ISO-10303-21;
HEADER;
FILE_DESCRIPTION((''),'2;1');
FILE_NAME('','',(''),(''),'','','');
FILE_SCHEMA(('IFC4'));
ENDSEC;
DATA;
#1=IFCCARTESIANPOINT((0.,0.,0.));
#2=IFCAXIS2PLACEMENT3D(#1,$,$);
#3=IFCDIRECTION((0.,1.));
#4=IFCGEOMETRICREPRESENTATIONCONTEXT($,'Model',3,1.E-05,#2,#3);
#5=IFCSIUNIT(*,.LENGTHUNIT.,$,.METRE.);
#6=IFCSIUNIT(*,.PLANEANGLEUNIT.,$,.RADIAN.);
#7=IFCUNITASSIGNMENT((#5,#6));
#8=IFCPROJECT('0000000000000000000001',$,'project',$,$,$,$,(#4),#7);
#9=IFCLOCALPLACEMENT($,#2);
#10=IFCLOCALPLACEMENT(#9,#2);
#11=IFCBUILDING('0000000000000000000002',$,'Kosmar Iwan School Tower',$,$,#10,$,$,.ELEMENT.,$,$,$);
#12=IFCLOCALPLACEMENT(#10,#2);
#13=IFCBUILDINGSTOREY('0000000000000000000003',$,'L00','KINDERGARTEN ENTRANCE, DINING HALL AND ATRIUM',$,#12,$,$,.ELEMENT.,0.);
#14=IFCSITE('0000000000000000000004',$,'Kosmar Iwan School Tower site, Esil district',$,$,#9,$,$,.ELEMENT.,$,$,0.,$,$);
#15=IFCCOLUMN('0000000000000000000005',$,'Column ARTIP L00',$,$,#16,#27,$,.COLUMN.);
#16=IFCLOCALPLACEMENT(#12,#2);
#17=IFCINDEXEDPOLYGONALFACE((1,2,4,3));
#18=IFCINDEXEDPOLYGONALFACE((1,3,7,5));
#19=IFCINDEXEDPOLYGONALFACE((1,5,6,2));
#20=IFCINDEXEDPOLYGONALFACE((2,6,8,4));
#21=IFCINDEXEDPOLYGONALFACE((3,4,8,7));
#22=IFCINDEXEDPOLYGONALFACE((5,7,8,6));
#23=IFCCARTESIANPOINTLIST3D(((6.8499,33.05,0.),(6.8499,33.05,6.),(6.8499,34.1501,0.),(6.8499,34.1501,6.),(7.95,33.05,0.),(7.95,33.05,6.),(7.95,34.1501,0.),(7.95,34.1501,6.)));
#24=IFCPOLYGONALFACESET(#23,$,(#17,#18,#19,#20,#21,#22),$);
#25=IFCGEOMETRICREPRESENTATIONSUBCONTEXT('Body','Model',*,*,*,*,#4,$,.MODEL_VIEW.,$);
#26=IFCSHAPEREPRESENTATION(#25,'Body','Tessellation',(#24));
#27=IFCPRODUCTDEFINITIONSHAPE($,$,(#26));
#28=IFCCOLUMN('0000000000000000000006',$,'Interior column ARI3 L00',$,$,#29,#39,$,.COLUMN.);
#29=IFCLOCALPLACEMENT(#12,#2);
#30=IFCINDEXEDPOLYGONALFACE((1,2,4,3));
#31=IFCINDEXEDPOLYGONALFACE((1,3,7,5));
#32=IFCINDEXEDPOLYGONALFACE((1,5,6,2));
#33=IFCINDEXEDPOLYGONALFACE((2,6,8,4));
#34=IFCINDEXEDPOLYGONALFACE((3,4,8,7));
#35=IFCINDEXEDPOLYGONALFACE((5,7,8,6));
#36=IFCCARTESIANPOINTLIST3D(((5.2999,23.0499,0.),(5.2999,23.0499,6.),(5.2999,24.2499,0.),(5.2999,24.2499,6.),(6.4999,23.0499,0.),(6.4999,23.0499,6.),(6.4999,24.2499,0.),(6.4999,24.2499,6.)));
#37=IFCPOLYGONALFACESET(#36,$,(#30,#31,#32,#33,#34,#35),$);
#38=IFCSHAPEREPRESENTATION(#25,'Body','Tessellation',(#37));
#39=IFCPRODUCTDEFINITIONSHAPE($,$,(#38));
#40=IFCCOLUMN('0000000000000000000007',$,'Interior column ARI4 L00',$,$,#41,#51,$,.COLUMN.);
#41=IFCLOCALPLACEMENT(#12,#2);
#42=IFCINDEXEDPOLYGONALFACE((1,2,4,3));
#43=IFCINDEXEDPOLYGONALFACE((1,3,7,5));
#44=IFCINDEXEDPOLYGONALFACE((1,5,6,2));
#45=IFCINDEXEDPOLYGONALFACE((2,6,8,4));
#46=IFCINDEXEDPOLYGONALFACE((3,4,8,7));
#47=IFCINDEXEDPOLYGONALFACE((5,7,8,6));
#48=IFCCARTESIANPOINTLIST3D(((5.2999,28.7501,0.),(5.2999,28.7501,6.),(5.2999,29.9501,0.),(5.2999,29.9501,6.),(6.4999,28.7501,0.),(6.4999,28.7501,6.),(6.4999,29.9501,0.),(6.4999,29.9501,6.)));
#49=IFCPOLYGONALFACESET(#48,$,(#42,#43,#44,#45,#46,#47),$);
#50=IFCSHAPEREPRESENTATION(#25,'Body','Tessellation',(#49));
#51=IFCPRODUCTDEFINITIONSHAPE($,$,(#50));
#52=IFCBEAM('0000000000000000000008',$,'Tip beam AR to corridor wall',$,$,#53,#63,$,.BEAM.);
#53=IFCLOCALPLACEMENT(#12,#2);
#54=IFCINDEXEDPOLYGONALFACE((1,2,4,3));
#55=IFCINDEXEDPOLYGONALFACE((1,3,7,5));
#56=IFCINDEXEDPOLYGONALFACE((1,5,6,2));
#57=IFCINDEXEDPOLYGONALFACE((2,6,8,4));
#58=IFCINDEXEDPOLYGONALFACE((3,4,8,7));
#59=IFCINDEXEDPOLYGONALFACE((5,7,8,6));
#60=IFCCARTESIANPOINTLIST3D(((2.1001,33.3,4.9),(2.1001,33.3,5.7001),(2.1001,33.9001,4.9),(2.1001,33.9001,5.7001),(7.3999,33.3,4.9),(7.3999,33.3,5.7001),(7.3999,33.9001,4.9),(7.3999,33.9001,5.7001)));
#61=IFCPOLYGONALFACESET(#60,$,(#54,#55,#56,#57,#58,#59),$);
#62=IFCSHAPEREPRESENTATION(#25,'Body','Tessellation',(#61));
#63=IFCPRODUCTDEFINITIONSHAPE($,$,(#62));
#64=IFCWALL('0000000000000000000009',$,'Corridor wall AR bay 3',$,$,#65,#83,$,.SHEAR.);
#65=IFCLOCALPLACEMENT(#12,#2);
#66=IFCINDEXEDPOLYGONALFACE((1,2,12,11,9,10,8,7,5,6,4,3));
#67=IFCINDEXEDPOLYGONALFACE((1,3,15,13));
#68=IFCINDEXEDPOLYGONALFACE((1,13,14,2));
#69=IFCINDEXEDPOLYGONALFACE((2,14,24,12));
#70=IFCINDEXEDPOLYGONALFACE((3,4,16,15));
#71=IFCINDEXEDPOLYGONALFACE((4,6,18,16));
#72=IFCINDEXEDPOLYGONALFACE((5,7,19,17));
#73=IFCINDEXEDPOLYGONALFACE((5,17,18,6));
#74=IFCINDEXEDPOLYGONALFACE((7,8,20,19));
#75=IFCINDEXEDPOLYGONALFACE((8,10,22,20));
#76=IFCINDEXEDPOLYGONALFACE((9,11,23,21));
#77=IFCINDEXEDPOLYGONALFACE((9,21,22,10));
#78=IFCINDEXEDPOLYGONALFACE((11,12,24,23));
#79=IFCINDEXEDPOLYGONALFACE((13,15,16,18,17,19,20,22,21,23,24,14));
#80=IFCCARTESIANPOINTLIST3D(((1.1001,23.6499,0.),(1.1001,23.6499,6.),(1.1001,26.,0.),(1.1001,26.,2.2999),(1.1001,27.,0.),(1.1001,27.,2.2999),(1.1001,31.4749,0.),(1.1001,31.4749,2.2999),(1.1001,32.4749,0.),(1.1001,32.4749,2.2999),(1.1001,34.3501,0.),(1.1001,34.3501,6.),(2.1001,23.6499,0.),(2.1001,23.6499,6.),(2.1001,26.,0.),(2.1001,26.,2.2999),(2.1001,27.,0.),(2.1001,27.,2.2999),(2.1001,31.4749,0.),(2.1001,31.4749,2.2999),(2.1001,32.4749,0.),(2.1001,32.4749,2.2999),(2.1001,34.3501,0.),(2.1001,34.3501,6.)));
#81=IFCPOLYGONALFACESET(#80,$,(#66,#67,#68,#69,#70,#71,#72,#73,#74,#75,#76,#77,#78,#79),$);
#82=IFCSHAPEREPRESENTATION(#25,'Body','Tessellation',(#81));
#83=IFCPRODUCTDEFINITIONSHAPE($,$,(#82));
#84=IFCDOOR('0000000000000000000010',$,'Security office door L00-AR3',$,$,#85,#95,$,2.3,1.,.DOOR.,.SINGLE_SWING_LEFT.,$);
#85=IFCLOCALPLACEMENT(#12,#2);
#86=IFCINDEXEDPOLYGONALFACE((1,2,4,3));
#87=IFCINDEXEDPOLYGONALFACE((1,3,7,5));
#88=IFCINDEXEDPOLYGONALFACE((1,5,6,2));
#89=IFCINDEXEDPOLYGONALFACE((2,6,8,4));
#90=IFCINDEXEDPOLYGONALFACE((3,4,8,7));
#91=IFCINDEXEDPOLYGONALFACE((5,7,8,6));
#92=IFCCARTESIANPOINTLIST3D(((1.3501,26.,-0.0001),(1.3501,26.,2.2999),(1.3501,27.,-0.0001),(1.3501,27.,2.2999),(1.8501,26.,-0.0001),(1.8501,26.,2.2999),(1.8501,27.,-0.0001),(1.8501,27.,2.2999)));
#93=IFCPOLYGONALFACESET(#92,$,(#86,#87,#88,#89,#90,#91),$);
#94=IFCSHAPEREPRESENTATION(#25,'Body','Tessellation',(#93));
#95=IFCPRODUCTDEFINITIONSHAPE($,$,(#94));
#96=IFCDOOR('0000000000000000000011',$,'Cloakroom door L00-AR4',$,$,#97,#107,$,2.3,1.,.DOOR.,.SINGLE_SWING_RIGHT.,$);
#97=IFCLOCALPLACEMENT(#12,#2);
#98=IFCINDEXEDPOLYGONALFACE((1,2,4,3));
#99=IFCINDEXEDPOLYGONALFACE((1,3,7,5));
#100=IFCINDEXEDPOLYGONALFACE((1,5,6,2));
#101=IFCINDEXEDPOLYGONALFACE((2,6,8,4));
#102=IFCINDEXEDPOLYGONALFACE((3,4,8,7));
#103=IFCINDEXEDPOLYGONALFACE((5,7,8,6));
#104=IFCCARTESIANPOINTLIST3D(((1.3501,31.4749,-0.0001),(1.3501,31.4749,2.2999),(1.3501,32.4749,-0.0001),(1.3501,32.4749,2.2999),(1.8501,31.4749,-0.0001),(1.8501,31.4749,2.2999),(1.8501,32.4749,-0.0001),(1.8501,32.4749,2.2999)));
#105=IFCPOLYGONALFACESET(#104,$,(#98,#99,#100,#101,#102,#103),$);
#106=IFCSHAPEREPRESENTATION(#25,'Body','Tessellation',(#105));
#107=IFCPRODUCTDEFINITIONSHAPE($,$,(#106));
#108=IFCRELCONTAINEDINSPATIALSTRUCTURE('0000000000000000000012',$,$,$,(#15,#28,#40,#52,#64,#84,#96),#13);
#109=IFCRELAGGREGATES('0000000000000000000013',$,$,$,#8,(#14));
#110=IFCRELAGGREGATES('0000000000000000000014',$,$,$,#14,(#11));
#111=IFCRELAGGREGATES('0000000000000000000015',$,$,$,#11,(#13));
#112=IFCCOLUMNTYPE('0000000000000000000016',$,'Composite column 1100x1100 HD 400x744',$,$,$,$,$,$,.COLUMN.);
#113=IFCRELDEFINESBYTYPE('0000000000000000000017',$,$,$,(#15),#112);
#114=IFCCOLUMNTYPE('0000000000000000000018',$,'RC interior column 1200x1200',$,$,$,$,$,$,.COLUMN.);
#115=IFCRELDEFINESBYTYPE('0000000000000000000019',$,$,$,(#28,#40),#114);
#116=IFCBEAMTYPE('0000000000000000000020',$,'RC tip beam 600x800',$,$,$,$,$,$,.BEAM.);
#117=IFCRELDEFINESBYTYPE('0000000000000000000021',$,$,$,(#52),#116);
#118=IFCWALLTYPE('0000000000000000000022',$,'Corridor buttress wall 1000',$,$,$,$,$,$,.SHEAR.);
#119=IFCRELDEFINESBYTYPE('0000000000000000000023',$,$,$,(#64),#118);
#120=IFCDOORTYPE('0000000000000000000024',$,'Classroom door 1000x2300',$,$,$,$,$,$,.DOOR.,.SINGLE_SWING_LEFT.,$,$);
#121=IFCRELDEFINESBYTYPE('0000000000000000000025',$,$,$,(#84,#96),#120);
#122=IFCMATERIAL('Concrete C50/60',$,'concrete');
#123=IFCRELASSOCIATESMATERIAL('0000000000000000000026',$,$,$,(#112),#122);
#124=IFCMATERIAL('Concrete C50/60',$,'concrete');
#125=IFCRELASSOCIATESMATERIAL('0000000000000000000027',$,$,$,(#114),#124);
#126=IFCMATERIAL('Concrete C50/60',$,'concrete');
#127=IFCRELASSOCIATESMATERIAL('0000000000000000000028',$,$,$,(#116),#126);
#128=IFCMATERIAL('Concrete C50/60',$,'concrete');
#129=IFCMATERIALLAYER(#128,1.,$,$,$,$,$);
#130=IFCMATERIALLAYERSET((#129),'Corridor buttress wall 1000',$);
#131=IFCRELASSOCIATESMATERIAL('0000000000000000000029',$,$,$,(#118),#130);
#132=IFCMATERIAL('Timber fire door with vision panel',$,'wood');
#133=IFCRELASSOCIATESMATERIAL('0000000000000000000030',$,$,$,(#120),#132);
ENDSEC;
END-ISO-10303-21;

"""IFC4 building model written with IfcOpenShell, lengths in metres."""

from ifc_helpers import new_model, si_unit, direction, frame, frame_2d, origin, origin_2d, place, context, subcontext, project, spatial, rectangle, extrude, material, layer, layer_set, material_profile, profile_set, type_object, element, fill, save


model = new_model("IFC4")

# Units and contexts
model_context = context("Model", 3, precision=1e-05, world=origin(), true_north=direction((0.0, 1.0)))
body_context = subcontext(model_context, "Body", "Model", "MODEL_VIEW")
ifc_project = project(units=[si_unit("LENGTHUNIT", "METRE"), si_unit("PLANEANGLEUNIT", "RADIAN")], contexts=[model_context])

# Site, building, storey
site_placement = place(None, origin())
site = spatial("IfcSite", under=ifc_project, at=site_placement, Name="Kosmar Iwan School Tower site, Esil district", CompositionType="ELEMENT", RefElevation=0.0)
building_placement = place(site_placement, origin())
building = spatial("IfcBuilding", under=site, at=building_placement, Name="Kosmar Iwan School Tower", CompositionType="ELEMENT")
storey_placement = place(building_placement, origin())
storey = spatial("IfcBuildingStorey", under=building, at=storey_placement, Name="L00", Description="KINDERGARTEN ENTRANCE, DINING HALL AND ATRIUM", CompositionType="ELEMENT", Elevation=0.0)

# Columns
ifc_material_1 = material(Name="Concrete C50/60", Category="concrete")
ifc_material_profile_1 = material_profile(ifc_material_1, rectangle(XDim=1.1001, YDim=1.1001, at=origin_2d()), Name="RC 1100x1100 + HD 400x744")
ifc_profile_set_1 = profile_set([ifc_material_profile_1], Name="Concrete C50/60")
column_type_1 = type_object("IfcColumnType", Name="Composite column 1100x1100 HD 400x744", PredefinedType="COLUMN", material=ifc_profile_set_1)
column_placement = place(storey_placement, frame((7.3999, 33.6001, 0.0), z_axis=(0.0, 0.0, 1.0), x_axis=(0.0, 1.0, 0.0)))
element("IfcColumn", 1, at=column_placement, inside=storey, type_object=column_type_1, Name="Column ARTIP L00", PredefinedType="COLUMN", context=body_context, shape_type="SweptSolid", body=[
    extrude(rectangle(XDim=1.1001, YDim=1.1001, at=origin_2d()), origin(), (0.0, 0.0, 1.0), 6.0),
])
ifc_material_2 = material(Name="Concrete C50/60", Category="concrete")
ifc_material_profile_2 = material_profile(ifc_material_2, rectangle(XDim=1.2, YDim=1.2, at=origin_2d()), Name="RC 1200x1200")
ifc_profile_set_2 = profile_set([ifc_material_profile_2], Name="Concrete C50/60")
column_type_2 = type_object("IfcColumnType", Name="RC interior column 1200x1200", PredefinedType="COLUMN", material=ifc_profile_set_2)
for number, where, z_axis, x_axis, name in (
    (2, (5.8999, 23.6499, 0.0), (0.0, 0.0, 1.0), (0.0, 1.0, 0.0), "Interior column ARI3 L00"),
    (3, (5.8999, 29.3501, 0.0), (0.0, 0.0, 1.0), (0.0, 1.0, 0.0), "Interior column ARI4 L00"),
):
    element("IfcColumn", number, at=place(storey_placement, frame(where, z_axis=z_axis, x_axis=x_axis)), inside=storey, type_object=column_type_2, Name=name, PredefinedType="COLUMN", context=body_context, shape_type="SweptSolid", body=[
        extrude(rectangle(XDim=1.2, YDim=1.2, at=origin_2d()), origin(), (0.0, 0.0, 1.0), 6.0),
    ])

# Beam
ifc_material_3 = material(Name="Concrete C50/60", Category="concrete")
ifc_material_profile_3 = material_profile(ifc_material_3, rectangle(XDim=0.6001, YDim=0.8, at=origin_2d()), Name="RC 600x800")
ifc_profile_set_3 = profile_set([ifc_material_profile_3], Name="Concrete C50/60")
beam_type = type_object("IfcBeamType", Name="RC tip beam 600x800", PredefinedType="BEAM", material=ifc_profile_set_3)
beam_placement = place(storey_placement, frame((7.3999, 33.6001, 5.3), z_axis=(-1.0, 0.0, 0.0), x_axis=(0.0, -1.0, 0.0)))
element("IfcBeam", 4, at=beam_placement, inside=storey, type_object=beam_type, Name="Tip beam AR to corridor wall", PredefinedType="BEAM", context=body_context, shape_type="SweptSolid", body=[
    extrude(rectangle(XDim=0.6001, YDim=0.8, at=origin_2d()), origin(), (0.0, 0.0, 1.0), 5.2998),
])

# Wall, openings, doors
ifc_material_4 = material(Name="Concrete C50/60", Category="concrete")
ifc_layer_1 = layer(ifc_material_4, 1.0)
ifc_layer_set_1 = layer_set([ifc_layer_1], Name="Corridor buttress wall 1000")
wall_type_1 = type_object("IfcWallType", Name="Corridor buttress wall 1000", PredefinedType="SHEAR", material=ifc_layer_set_1)
wall_1_placement = place(storey_placement, frame((1.6001, 23.6499, 0.0), z_axis=(0.0, 0.0, 1.0), x_axis=(0.0, 1.0, 0.0)))
wall_1 = element("IfcWall", 5, at=wall_1_placement, inside=storey, type_object=wall_type_1, Name="Corridor wall AR bay 3", PredefinedType="SHEAR", context=body_context, shape_type="SweptSolid", body=[
    extrude(rectangle(XDim=10.7002, YDim=1.0, at=frame_2d((5.3501, 0.0))), origin(), (0.0, 0.0, 1.0), 6.0),
])
opening_1_placement = place(wall_1_placement, frame((2.3501, 0.0, 0.0)))
opening_1 = element("IfcOpeningElement", 6, at=opening_1_placement, cuts=wall_1, PredefinedType="OPENING", context=body_context, shape_type="SweptSolid", body=[
    extrude(rectangle(XDim=1.0, YDim=2.3, at=frame_2d((0.5, 1.1499))), frame((0.0, 0.512, 0.0), z_axis=(0.0, -1.0, 0.0), x_axis=(1.0, 0.0, 0.0)), (0.0, 0.0, 1.0), 1.0239),
])
opening_2_placement = place(wall_1_placement, frame((7.825, 0.0, 0.0)))
opening_2 = element("IfcOpeningElement", 7, at=opening_2_placement, cuts=wall_1, PredefinedType="OPENING", context=body_context, shape_type="SweptSolid", body=[
    extrude(rectangle(XDim=1.0, YDim=2.3, at=frame_2d((0.5, 1.1499))), frame((0.0, 0.512, 0.0), z_axis=(0.0, -1.0, 0.0), x_axis=(1.0, 0.0, 0.0)), (0.0, 0.0, 1.0), 1.0239),
])
ifc_material_5 = material(Name="Timber fire door with vision panel", Category="wood")
door_type_1 = type_object("IfcDoorType", Name="Classroom door 1000x2300", OperationType="SINGLE_SWING_LEFT", PredefinedType="DOOR", material=ifc_material_5)
door_1_placement = place(opening_1_placement, origin())
door_1 = element("IfcDoor", 8, at=door_1_placement, inside=storey, type_object=door_type_1, Name="Security office door L00-AR3", OperationType="SINGLE_SWING_LEFT", OverallHeight=2.3, OverallWidth=1.0, PredefinedType="DOOR", context=body_context, shape_type="SweptSolid", body=[
    extrude(rectangle(XDim=1.0, YDim=2.3, at=frame_2d((0.5, 1.1499))), frame((0.0, 0.25, 0.0), z_axis=(0.0, -1.0, 0.0), x_axis=(1.0, 0.0, 0.0)), (0.0, 0.0, 1.0), 0.5),
])
fill(opening_1, door_1)
door_2_placement = place(opening_2_placement, origin())
door_2 = element("IfcDoor", 9, at=door_2_placement, inside=storey, type_object=door_type_1, Name="Cloakroom door L00-AR4", OperationType="SINGLE_SWING_RIGHT", OverallHeight=2.3, OverallWidth=1.0, PredefinedType="DOOR", context=body_context, shape_type="SweptSolid", body=[
    extrude(rectangle(XDim=1.0, YDim=2.3, at=frame_2d((0.5, 1.1499))), frame((0.0, 0.25, 0.0), z_axis=(0.0, -1.0, 0.0), x_axis=(1.0, 0.0, 0.0)), (0.0, 0.0, 1.0), 0.5),
])
fill(opening_2, door_2)

save(model, "model.ifc")
